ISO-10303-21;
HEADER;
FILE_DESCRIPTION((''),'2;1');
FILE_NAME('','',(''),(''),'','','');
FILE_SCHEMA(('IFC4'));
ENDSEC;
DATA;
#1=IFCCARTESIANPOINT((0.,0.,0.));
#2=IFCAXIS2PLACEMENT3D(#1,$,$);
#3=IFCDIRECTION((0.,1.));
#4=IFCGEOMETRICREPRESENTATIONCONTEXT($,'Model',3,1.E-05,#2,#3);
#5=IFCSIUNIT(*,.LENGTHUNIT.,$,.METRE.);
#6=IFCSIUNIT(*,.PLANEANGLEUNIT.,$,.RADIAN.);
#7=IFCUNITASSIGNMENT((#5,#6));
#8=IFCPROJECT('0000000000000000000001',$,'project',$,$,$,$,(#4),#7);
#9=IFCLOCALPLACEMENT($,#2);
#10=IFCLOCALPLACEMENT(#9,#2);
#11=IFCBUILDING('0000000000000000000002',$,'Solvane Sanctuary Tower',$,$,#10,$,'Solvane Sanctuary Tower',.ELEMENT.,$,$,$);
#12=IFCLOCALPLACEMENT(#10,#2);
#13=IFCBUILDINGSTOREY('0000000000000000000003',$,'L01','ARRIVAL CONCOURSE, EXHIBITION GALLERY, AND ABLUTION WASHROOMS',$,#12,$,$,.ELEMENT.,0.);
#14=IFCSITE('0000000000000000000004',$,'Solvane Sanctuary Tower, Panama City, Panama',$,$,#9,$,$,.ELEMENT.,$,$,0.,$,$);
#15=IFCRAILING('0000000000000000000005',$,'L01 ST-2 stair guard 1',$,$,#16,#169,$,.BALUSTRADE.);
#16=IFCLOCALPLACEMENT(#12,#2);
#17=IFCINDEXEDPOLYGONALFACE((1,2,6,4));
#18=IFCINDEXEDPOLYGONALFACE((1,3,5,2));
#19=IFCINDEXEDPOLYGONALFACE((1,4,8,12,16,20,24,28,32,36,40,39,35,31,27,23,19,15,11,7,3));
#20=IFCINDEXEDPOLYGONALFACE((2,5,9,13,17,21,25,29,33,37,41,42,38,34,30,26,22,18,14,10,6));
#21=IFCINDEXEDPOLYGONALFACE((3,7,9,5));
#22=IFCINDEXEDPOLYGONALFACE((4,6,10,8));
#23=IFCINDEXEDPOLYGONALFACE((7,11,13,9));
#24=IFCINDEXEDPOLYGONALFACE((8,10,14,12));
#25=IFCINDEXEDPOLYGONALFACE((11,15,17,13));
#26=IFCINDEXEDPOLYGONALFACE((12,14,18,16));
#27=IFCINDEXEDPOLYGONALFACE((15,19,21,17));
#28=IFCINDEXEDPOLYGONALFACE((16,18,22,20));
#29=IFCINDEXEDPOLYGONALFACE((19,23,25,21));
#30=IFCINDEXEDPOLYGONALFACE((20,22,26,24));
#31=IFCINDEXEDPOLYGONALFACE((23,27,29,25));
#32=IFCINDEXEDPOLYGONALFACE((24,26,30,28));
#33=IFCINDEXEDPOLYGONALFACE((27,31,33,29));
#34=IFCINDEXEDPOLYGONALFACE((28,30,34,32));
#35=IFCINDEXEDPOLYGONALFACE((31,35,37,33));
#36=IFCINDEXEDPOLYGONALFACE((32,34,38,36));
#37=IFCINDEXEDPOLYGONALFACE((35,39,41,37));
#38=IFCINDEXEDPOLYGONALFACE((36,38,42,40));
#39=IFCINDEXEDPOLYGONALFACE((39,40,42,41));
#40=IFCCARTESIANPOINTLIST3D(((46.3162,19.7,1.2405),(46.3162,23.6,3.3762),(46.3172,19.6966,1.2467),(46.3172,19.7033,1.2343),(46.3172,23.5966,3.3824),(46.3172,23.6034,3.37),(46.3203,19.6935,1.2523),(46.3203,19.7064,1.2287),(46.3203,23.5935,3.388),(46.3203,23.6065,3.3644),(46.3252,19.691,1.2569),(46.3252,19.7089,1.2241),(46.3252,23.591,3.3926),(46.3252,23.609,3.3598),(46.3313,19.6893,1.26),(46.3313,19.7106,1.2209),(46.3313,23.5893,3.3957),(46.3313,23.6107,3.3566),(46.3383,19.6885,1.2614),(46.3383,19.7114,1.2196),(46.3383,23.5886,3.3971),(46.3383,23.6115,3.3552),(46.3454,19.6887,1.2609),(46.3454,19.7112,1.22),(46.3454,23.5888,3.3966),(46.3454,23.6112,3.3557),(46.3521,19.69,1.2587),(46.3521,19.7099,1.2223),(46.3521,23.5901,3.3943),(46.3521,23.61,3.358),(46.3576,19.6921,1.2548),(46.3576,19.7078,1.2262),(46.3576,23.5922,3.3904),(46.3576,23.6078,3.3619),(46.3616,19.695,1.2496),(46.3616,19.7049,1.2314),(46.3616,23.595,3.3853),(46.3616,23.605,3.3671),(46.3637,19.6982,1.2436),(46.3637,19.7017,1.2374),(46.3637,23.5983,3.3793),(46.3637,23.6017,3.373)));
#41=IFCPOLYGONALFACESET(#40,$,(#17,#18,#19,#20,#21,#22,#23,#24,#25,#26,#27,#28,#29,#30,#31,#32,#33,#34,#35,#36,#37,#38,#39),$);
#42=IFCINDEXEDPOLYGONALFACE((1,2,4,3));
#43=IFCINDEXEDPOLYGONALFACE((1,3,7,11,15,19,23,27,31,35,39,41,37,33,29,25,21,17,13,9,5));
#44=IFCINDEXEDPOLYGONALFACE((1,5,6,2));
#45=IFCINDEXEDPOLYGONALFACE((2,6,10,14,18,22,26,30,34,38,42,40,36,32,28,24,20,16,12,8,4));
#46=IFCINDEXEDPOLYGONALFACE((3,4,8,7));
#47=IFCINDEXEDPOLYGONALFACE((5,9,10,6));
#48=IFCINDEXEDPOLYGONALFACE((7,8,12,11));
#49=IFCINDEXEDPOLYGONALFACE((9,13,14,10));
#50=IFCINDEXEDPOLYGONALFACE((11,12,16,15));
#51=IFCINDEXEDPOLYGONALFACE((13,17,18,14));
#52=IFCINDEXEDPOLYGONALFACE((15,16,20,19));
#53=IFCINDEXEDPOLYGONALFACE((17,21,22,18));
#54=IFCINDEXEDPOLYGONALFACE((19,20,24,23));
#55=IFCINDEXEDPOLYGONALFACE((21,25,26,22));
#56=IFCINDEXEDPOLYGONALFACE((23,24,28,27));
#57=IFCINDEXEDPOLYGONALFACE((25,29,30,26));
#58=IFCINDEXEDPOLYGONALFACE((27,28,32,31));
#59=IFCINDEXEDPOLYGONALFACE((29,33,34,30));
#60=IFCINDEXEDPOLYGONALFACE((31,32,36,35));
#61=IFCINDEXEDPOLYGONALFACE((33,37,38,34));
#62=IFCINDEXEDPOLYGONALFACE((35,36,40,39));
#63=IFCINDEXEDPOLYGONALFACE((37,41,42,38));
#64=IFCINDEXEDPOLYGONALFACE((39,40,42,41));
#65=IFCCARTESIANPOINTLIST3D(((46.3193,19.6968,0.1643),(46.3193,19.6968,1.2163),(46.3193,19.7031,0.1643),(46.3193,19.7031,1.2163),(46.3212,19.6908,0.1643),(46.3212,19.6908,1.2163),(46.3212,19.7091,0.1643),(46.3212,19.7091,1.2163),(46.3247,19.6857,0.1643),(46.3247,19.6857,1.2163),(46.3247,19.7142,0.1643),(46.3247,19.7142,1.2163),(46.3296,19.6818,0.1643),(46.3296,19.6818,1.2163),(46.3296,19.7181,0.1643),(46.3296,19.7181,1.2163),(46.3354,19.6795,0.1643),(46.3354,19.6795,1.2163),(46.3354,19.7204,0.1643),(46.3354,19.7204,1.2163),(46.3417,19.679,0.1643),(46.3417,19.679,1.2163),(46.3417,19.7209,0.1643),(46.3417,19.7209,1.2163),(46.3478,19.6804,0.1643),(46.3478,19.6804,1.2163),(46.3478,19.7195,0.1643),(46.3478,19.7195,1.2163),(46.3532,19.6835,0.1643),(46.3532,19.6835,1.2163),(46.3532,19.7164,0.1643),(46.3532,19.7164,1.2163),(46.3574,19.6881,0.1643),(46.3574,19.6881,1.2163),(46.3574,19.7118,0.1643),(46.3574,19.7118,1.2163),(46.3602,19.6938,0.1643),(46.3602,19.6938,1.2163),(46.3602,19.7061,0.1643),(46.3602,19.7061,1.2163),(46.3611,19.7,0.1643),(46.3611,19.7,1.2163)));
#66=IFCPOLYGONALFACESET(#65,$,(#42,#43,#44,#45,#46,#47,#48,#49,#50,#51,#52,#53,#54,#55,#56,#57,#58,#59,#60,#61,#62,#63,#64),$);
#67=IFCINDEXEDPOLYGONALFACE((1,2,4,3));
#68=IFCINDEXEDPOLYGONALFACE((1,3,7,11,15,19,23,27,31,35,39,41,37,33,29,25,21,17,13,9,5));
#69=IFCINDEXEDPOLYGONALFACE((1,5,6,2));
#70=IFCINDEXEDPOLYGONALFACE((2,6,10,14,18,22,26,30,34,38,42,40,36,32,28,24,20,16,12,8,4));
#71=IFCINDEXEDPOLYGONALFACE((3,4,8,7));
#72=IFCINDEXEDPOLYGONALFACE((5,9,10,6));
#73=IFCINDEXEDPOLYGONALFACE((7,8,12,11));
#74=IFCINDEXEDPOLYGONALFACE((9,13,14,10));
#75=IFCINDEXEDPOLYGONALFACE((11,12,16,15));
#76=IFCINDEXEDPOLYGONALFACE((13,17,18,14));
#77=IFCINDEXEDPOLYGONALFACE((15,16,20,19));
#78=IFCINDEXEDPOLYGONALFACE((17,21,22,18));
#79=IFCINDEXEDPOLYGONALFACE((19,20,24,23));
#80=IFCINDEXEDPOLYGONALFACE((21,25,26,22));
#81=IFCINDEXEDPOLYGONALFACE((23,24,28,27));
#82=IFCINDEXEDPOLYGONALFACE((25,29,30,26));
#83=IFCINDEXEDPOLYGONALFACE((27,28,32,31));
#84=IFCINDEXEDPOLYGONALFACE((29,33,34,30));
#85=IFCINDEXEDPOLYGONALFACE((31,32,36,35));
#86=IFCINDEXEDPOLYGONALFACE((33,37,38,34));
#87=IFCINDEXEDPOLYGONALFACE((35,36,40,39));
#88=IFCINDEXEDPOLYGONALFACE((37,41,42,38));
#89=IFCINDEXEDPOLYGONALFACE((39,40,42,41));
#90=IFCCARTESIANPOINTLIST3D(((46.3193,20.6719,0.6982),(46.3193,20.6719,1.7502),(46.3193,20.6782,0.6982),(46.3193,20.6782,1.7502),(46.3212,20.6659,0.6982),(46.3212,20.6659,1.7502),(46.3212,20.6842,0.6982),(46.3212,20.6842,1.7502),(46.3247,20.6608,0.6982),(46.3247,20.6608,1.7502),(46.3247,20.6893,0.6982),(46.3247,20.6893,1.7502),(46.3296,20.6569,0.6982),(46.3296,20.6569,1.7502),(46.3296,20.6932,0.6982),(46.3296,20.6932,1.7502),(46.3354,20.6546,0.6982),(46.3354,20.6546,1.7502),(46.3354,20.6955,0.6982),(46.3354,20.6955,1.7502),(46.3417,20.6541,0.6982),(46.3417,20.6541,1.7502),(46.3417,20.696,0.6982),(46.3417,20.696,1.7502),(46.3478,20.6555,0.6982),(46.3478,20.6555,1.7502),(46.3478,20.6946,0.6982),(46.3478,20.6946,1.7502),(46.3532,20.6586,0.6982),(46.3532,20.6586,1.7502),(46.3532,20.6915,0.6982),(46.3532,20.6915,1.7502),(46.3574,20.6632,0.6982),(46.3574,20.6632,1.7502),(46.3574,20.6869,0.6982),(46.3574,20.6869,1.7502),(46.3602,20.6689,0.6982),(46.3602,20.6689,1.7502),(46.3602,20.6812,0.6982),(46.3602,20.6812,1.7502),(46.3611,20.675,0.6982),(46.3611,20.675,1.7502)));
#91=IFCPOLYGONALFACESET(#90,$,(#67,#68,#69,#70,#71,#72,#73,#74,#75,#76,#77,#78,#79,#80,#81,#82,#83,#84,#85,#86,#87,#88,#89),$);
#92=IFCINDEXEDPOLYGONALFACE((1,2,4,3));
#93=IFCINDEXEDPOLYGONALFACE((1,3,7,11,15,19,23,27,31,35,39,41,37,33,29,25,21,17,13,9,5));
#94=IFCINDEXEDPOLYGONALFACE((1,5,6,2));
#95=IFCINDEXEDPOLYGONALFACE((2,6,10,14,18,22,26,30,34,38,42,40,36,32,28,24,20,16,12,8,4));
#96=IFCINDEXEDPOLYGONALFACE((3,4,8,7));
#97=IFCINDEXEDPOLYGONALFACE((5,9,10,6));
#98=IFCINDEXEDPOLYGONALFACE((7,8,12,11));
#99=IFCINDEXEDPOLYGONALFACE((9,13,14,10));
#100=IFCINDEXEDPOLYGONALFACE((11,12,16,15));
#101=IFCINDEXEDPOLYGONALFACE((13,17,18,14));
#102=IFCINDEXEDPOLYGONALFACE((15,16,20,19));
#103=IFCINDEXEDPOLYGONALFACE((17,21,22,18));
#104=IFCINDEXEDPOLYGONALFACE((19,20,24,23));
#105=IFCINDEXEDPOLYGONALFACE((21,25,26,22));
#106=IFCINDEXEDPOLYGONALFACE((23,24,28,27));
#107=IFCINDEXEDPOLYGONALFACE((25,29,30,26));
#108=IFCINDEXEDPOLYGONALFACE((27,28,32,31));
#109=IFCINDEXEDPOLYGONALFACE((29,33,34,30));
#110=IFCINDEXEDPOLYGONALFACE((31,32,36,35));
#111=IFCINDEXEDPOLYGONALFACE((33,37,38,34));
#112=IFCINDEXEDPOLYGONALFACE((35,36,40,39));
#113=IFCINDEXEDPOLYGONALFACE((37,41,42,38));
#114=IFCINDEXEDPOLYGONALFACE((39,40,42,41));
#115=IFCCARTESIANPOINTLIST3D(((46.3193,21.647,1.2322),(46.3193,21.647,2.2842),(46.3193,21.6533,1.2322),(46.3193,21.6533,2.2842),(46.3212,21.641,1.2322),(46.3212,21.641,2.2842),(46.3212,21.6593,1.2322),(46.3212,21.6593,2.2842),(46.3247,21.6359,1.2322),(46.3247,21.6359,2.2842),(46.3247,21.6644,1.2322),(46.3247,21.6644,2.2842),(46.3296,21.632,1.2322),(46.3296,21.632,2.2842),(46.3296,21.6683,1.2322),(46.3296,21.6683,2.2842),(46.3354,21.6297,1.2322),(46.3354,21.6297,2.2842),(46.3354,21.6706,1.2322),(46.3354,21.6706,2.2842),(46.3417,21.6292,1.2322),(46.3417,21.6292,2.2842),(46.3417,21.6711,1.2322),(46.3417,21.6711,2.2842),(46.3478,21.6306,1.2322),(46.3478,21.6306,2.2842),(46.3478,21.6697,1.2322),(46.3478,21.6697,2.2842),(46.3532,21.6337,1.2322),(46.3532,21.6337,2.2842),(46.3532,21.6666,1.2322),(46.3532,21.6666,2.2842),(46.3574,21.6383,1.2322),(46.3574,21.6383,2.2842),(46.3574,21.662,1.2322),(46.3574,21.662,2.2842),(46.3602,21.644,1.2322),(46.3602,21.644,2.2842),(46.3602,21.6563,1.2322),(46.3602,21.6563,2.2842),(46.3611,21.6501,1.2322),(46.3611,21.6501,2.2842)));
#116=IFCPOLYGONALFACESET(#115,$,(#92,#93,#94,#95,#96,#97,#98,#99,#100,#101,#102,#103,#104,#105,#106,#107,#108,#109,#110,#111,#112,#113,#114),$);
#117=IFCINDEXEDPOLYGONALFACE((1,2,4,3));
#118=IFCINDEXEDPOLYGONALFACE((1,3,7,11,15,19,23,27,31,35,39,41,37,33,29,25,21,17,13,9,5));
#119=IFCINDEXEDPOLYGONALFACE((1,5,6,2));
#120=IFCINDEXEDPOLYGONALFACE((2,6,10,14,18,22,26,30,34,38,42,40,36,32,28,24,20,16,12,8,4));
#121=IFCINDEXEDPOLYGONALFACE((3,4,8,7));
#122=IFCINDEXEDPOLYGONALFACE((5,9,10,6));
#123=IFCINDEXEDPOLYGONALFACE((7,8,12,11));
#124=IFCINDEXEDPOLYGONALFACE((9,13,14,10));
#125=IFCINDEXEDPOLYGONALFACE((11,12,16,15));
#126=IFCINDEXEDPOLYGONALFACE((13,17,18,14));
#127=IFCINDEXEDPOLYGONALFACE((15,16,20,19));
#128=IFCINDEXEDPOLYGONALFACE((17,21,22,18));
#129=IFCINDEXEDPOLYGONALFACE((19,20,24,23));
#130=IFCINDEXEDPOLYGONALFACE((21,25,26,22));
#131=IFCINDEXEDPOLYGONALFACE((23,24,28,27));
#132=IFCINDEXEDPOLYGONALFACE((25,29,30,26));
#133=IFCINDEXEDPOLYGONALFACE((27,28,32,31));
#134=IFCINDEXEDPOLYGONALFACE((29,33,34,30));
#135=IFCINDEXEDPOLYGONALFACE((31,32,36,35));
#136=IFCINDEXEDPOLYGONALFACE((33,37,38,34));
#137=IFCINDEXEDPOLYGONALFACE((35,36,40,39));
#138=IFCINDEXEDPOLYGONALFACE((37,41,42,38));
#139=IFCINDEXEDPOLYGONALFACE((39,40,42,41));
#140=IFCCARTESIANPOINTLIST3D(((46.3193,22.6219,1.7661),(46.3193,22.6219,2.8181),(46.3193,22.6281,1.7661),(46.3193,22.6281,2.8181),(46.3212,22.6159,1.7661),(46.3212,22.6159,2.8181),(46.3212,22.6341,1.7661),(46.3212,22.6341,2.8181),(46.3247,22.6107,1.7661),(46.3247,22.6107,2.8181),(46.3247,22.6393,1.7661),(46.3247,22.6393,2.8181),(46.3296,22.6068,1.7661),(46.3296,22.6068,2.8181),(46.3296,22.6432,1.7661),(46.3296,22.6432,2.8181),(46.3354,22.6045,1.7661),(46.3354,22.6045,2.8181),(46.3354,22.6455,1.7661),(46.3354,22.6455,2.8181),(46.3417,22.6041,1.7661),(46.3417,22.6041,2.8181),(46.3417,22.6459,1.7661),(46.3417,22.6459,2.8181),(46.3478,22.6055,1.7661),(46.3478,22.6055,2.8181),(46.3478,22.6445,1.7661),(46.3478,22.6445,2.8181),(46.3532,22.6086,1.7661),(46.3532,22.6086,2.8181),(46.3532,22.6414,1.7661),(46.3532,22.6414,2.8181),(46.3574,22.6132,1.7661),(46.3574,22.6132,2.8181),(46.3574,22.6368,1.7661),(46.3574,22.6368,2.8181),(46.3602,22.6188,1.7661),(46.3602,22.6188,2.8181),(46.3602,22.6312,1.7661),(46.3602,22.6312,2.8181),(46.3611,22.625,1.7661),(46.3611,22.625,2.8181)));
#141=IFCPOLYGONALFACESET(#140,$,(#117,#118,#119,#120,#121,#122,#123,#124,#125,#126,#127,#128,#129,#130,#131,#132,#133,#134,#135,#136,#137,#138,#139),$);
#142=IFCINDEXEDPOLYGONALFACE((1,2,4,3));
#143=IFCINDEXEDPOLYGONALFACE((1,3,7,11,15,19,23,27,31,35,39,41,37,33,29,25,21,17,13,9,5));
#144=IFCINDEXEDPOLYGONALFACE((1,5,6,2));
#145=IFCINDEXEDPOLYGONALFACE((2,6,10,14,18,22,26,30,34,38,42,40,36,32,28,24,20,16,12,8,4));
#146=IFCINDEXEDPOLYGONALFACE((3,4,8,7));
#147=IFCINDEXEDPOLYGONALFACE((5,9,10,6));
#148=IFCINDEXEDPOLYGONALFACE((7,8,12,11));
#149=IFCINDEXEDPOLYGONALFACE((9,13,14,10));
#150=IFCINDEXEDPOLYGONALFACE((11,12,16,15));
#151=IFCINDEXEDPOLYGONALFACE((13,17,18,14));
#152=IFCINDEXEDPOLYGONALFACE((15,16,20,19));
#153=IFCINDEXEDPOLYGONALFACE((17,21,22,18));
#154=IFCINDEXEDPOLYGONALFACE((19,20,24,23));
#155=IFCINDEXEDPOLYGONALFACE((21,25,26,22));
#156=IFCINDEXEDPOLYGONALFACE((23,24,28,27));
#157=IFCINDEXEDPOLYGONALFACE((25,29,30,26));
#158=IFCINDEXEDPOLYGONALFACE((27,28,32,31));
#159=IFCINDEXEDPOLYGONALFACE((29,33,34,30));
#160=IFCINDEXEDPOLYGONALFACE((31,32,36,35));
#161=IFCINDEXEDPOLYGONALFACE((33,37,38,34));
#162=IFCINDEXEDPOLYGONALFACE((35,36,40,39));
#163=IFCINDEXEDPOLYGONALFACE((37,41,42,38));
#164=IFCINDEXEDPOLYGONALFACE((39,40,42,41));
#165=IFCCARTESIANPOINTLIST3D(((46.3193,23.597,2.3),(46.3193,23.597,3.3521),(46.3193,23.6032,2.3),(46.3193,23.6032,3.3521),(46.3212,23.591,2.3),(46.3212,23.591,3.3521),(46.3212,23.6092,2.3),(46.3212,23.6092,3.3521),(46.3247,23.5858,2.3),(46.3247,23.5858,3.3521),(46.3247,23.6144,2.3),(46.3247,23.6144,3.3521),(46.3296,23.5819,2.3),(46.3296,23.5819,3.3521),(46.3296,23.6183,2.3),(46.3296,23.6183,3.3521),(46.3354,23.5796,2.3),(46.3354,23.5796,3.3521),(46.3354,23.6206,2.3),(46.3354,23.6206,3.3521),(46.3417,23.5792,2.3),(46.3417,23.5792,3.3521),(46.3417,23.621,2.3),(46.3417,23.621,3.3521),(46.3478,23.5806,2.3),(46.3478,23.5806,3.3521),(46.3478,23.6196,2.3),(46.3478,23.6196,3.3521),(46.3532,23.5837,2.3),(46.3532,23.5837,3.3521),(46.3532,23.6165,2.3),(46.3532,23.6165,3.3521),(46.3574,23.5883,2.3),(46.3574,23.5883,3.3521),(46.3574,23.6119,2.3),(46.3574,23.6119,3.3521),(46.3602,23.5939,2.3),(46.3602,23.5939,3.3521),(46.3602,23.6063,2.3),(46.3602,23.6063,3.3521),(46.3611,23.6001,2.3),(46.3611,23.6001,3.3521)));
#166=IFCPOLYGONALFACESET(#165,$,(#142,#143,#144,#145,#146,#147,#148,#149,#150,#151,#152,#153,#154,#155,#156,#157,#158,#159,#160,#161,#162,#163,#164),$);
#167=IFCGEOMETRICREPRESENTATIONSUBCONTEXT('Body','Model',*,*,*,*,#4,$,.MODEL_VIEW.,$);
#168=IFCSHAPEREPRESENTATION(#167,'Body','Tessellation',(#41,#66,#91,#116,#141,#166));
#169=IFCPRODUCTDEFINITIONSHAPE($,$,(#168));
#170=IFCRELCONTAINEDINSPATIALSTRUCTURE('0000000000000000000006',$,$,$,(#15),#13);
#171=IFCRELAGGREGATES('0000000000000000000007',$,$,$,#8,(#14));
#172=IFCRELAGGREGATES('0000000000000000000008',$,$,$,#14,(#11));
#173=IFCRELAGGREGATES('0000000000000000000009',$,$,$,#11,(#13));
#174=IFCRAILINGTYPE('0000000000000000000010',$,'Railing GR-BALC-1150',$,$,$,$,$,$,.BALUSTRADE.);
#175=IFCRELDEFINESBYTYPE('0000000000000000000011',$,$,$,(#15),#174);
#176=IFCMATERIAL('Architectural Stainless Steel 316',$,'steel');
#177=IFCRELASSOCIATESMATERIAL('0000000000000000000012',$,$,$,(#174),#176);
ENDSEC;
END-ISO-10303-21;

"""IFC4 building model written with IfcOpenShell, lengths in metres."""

from ifc_helpers import new_model, si_unit, direction, frame, origin, origin_2d, place, context, subcontext, project, spatial, circle, extrude, material, type_object, element, save


model = new_model("IFC4")

# Units and contexts
model_context = context("Model", 3, precision=1e-05, world=origin(), true_north=direction((0.0, 1.0)))
body_context = subcontext(model_context, "Body", "Model", "MODEL_VIEW")
ifc_project = project(units=[si_unit("LENGTHUNIT", "METRE"), si_unit("PLANEANGLEUNIT", "RADIAN")], contexts=[model_context])

# Site, building, storey
site_placement = place(None, origin())
site = spatial("IfcSite", under=ifc_project, at=site_placement, Name="Solvane Sanctuary Tower, Panama City, Panama", CompositionType="ELEMENT", RefElevation=0.0)
building_placement = place(site_placement, origin())
building = spatial("IfcBuilding", under=site, at=building_placement, Name="Solvane Sanctuary Tower", LongName="Solvane Sanctuary Tower", CompositionType="ELEMENT")
storey_placement = place(building_placement, origin())
storey = spatial("IfcBuildingStorey", under=building, at=storey_placement, Name="L01", Description="ARRIVAL CONCOURSE, EXHIBITION GALLERY, AND ABLUTION WASHROOMS", CompositionType="ELEMENT", Elevation=0.0)

# Shared definitions
ifc_material_1 = material(Name="Architectural Stainless Steel 316", Category="steel")

# Railing
railing_type_1 = type_object("IfcRailingType", Name="Railing GR-BALC-1150", PredefinedType="BALUSTRADE", material=ifc_material_1)
railing_1_placement = place(storey_placement, frame((46.3401, 19.7, 0.1643)))
element("IfcRailing", 1, at=railing_1_placement, inside=storey, type_object=railing_type_1, Name="L01 ST-2 stair guard 1", PredefinedType="BALUSTRADE", context=body_context, shape_type="SweptSolid", body=[
    extrude(circle(Radius=0.0239, at=origin_2d()), frame((0.0, 0.0, 1.0762), z_axis=(0.0, 0.877101, 0.480306), x_axis=(-1.0, 0.0, 0.0)), (0.0, 0.0, 1.0), 4.4465),
    extrude(circle(Radius=0.021, at=origin_2d()), origin(), (0.0, 0.0, 1.0), 1.052),
    extrude(circle(Radius=0.021, at=origin_2d()), frame((0.0, 0.9751, 0.5339)), (0.0, 0.0, 1.0), 1.052),
    extrude(circle(Radius=0.021, at=origin_2d()), frame((0.0, 1.9502, 1.0679)), (0.0, 0.0, 1.0), 1.052),
    extrude(circle(Radius=0.021, at=origin_2d()), frame((0.0, 2.925, 1.6018)), (0.0, 0.0, 1.0), 1.052),
    extrude(circle(Radius=0.021, at=origin_2d()), frame((0.0, 3.9001, 2.1357)), (0.0, 0.0, 1.0), 1.052),
])

save(model, "model.ifc")
